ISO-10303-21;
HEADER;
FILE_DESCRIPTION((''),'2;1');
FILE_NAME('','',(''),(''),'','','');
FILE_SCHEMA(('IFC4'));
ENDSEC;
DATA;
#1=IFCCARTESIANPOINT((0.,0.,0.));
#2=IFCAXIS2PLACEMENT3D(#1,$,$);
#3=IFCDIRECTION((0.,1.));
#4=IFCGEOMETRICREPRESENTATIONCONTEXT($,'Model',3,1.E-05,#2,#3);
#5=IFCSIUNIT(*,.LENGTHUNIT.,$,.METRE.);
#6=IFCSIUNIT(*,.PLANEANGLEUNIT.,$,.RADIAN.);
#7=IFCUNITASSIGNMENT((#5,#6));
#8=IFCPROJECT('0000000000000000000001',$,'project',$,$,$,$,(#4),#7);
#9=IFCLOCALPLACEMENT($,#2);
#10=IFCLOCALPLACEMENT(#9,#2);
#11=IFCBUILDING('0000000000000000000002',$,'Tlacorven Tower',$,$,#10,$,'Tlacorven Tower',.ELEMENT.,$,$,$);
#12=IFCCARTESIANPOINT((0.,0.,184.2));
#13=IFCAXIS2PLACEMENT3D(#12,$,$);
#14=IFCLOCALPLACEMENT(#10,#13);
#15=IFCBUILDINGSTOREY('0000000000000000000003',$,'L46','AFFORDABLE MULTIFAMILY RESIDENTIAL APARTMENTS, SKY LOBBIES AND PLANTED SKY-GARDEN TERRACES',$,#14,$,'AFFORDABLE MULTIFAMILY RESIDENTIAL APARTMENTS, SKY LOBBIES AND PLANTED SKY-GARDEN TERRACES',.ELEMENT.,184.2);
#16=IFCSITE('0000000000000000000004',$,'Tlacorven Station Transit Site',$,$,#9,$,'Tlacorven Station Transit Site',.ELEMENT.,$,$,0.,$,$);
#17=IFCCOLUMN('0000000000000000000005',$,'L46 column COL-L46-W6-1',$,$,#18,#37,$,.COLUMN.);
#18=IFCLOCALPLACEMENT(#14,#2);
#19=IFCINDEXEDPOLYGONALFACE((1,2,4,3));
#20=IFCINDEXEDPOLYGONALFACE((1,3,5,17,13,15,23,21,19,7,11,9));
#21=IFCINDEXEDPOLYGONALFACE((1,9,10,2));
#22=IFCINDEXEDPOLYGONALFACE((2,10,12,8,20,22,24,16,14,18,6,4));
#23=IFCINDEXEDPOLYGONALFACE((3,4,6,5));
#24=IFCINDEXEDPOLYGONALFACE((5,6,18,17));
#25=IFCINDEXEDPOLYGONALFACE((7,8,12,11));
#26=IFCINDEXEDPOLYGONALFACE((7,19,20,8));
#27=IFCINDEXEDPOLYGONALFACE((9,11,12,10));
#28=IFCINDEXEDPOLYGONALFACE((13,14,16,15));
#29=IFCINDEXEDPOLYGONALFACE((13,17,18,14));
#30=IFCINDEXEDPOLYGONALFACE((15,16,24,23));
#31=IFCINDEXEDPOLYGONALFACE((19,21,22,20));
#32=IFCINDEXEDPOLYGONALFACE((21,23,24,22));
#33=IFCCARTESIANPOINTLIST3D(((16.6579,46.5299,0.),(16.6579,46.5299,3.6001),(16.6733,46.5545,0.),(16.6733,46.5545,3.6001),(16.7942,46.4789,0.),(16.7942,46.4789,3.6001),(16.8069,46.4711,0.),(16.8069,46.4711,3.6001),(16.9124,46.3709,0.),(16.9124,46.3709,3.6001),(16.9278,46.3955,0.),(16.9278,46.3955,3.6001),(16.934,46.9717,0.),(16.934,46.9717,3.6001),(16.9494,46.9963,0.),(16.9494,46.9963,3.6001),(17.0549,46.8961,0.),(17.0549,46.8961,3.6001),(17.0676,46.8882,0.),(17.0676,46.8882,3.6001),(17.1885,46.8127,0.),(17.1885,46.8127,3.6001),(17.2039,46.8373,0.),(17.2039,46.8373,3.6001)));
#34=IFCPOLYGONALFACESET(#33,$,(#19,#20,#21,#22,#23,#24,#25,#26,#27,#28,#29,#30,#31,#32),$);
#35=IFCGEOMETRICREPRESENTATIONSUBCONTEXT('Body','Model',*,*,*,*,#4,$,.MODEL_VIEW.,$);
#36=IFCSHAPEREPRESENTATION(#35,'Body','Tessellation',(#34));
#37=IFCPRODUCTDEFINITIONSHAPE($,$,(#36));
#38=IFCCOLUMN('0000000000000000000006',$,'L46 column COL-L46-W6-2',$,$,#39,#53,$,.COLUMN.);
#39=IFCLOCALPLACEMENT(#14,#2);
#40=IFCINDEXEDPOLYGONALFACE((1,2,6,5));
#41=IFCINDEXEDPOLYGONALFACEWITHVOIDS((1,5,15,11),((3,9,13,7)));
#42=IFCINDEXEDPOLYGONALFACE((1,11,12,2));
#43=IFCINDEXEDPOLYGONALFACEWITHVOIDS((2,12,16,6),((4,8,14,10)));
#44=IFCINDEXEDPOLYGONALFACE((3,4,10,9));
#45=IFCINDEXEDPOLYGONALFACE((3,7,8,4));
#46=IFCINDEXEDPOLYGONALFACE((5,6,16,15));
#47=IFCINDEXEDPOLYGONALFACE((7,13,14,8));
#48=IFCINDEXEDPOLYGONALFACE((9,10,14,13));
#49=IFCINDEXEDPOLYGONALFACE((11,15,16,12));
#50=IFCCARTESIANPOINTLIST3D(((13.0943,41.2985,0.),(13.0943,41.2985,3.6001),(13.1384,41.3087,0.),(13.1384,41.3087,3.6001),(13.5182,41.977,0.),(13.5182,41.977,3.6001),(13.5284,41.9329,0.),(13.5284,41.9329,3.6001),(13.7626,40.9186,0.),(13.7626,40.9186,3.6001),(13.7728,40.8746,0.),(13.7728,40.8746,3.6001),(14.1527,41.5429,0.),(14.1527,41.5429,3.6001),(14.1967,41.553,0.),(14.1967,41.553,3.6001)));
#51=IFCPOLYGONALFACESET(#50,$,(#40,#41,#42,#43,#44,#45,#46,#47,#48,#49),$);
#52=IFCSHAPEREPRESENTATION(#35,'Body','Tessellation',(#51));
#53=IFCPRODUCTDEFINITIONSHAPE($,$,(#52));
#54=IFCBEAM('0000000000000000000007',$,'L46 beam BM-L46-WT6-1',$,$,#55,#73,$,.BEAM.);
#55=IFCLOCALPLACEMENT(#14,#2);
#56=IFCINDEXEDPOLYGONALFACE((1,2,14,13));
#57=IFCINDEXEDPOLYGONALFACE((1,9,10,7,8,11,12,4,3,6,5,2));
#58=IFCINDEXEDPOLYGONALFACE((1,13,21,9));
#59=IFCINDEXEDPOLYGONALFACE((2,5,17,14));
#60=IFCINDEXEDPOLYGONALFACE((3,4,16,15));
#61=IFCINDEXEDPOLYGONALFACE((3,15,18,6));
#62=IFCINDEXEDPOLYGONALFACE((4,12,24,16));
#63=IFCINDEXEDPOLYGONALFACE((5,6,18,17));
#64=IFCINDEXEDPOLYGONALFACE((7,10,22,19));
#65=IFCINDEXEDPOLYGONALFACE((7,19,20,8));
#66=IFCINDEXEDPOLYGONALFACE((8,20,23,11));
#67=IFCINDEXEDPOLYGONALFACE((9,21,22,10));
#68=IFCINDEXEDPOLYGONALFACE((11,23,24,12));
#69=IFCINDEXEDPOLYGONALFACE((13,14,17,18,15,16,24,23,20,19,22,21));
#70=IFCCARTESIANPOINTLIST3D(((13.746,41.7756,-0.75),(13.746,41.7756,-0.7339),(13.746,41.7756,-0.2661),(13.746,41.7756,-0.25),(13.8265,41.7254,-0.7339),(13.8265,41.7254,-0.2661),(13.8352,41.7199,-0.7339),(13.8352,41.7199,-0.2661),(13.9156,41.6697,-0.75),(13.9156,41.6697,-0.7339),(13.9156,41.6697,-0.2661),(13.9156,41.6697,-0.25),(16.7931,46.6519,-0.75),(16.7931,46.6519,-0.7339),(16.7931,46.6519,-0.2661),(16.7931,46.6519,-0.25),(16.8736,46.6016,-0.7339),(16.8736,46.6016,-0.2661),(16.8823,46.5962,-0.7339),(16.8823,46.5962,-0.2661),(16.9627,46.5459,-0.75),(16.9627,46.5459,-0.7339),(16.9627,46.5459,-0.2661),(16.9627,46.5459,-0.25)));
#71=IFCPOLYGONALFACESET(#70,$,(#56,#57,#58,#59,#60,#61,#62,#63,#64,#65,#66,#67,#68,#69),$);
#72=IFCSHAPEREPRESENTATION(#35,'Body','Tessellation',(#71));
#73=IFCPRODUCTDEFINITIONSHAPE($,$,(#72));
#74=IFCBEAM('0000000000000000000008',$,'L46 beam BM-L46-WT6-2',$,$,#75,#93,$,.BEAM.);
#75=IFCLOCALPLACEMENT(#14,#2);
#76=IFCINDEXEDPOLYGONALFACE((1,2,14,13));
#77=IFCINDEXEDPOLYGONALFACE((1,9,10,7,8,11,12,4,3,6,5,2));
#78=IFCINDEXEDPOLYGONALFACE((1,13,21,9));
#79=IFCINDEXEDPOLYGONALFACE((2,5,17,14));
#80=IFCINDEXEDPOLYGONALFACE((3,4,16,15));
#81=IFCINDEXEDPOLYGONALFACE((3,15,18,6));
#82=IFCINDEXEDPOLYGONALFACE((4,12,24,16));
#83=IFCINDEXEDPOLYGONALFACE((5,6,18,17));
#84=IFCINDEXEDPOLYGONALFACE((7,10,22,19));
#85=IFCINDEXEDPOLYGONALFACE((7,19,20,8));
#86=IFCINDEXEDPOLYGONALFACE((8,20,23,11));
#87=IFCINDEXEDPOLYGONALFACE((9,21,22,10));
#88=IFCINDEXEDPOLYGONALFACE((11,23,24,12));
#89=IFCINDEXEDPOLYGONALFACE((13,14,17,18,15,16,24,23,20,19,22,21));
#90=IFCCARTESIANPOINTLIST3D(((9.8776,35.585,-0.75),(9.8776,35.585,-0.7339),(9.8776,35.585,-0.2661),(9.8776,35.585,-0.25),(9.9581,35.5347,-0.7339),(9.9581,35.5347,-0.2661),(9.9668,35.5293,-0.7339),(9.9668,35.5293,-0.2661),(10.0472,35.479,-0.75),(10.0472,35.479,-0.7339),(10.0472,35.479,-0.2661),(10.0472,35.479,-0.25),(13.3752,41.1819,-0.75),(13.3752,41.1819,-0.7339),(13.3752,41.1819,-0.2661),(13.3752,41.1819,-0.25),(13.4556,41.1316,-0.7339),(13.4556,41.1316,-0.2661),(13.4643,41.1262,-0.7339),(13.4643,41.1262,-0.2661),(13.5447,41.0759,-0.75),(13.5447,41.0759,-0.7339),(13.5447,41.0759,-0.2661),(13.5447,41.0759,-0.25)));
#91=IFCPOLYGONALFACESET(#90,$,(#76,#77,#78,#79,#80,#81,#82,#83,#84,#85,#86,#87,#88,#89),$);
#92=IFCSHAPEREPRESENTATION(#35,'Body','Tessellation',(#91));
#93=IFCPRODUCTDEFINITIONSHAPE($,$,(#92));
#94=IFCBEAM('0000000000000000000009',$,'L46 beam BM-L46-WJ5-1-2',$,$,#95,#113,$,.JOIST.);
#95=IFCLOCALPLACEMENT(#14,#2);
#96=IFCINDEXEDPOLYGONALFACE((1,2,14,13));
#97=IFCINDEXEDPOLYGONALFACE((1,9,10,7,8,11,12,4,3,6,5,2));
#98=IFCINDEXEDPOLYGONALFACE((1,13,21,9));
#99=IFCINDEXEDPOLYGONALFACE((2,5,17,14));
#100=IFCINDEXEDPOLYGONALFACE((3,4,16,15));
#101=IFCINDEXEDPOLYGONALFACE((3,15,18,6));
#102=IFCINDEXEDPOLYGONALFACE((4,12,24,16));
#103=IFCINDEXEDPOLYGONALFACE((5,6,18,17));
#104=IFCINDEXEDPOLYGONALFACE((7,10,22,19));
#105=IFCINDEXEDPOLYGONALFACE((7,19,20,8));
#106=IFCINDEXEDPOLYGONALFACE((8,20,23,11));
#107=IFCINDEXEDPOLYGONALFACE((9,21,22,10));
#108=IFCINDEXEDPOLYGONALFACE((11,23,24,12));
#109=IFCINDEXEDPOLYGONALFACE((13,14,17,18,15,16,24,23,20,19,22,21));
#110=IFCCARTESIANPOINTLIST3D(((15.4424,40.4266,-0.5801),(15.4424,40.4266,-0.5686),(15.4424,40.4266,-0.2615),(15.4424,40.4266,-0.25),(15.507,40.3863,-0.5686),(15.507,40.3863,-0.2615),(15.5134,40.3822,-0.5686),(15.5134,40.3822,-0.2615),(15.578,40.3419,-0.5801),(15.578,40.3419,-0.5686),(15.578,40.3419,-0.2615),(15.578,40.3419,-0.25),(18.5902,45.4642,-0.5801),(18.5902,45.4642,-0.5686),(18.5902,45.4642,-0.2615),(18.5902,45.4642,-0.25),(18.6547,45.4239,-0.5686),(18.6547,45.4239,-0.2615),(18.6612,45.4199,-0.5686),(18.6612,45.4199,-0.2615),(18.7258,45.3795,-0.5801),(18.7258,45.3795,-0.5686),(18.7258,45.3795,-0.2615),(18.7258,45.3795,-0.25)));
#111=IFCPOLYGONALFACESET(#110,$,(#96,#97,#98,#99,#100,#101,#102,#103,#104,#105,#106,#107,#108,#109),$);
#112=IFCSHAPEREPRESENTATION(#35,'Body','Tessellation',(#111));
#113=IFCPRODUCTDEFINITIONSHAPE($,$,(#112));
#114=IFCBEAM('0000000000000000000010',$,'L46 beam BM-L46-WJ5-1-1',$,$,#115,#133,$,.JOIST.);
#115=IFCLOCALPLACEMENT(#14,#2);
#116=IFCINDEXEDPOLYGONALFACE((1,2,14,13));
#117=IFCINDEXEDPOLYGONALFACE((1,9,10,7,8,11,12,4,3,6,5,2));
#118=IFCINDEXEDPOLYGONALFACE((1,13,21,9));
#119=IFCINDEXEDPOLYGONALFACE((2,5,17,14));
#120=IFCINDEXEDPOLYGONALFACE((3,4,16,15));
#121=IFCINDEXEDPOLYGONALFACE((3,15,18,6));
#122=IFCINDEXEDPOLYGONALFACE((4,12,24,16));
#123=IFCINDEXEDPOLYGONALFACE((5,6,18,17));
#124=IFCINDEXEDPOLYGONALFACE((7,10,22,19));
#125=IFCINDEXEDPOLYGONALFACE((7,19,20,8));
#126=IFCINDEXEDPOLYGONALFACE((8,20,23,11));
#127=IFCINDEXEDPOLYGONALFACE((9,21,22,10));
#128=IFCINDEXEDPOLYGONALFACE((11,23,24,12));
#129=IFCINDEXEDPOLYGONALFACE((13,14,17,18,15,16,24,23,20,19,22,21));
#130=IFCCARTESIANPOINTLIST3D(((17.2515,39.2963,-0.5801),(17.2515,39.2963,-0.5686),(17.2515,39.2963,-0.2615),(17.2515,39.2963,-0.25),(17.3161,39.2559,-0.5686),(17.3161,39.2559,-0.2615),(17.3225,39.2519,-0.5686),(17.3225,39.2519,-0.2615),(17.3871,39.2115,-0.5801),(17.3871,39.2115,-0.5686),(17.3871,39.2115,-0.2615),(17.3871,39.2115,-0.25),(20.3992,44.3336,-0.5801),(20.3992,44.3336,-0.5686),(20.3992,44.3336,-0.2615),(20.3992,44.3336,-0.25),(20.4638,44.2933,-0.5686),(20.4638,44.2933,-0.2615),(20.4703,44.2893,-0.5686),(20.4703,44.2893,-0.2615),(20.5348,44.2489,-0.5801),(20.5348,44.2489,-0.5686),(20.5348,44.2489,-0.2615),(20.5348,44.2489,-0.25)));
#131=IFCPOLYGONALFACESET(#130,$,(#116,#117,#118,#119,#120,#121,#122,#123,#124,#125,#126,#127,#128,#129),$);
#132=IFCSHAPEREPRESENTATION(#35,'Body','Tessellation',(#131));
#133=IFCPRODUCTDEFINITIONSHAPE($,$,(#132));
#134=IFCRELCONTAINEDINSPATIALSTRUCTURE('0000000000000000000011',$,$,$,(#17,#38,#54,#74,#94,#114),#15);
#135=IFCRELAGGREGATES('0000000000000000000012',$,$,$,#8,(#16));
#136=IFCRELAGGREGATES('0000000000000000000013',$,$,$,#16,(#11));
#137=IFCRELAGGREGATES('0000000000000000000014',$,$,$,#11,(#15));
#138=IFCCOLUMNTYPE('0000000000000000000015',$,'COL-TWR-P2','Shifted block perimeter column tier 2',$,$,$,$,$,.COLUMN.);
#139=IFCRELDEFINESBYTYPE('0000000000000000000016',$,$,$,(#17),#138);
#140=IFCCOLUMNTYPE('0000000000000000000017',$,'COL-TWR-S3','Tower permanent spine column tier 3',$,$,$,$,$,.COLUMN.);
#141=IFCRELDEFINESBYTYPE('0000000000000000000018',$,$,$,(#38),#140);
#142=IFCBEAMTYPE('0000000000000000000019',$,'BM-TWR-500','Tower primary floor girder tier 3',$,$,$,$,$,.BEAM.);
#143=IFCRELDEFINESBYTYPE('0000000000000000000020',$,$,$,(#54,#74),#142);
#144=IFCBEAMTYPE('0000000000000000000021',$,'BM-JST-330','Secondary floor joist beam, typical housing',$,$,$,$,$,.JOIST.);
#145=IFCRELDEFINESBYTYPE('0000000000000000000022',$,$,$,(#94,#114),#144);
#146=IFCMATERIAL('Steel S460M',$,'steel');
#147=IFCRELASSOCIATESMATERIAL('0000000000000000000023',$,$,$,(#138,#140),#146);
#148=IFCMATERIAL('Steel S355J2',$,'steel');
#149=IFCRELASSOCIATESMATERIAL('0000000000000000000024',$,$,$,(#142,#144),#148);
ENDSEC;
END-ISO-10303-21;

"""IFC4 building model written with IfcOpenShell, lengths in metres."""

from ifc_helpers import new_model, si_unit, direction, frame, origin, origin_2d, place, context, subcontext, project, spatial, hollow_rectangle, i_section, extrude, source, transform, mapped, material, material_profile, profile_set, type_object, element, save


model = new_model("IFC4")

# Units and contexts
model_context = context("Model", 3, precision=1e-05, world=origin(), true_north=direction((0.0, 1.0)))
body_context = subcontext(model_context, "Body", "Model", "MODEL_VIEW")
ifc_project = project(units=[si_unit("LENGTHUNIT", "METRE"), si_unit("PLANEANGLEUNIT", "RADIAN")], contexts=[model_context])

# Site, building, storey
site_placement = place(None, origin())
site = spatial("IfcSite", under=ifc_project, at=site_placement, Name="Tlacorven Station Transit Site", LongName="Tlacorven Station Transit Site", CompositionType="ELEMENT", RefElevation=0.0)
building_placement = place(site_placement, origin())
building = spatial("IfcBuilding", under=site, at=building_placement, Name="Tlacorven Tower", LongName="Tlacorven Tower", CompositionType="ELEMENT")
storey_placement = place(building_placement, frame((0.0, 0.0, 184.2)))
storey = spatial("IfcBuildingStorey", under=building, at=storey_placement, Name="L46", Description="AFFORDABLE MULTIFAMILY RESIDENTIAL APARTMENTS, SKY LOBBIES AND PLANTED SKY-GARDEN TERRACES", LongName="AFFORDABLE MULTIFAMILY RESIDENTIAL APARTMENTS, SKY LOBBIES AND PLANTED SKY-GARDEN TERRACES", CompositionType="ELEMENT", Elevation=184.2)

# Columns
ifc_material_1 = material(Name="Steel S460M", Category="steel")
ifc_material_profile_1 = material_profile(ifc_material_1, i_section(OverallWidth=0.3, OverallDepth=0.55, WebThickness=0.0149, FlangeThickness=0.0291, at=origin_2d()), Name="HEB 550")
ifc_profile_set_1 = profile_set([ifc_material_profile_1], Name="Steel S460M")
column_type_1 = type_object("IfcColumnType", Name="COL-TWR-P2", Description="Shifted block perimeter column tier 2", PredefinedType="COLUMN", material=ifc_profile_set_1)
shared_shape_1 = source(origin(), body_context, "Body", "SweptSolid", [
    extrude(i_section(OverallWidth=0.3, OverallDepth=0.55, WebThickness=0.0149, FlangeThickness=0.0291, at=origin_2d()), origin(), (0.0, 0.0, 1.0), 3.6001),
])
column_1_placement = place(storey_placement, frame((16.9309, 46.6836, 0.0), z_axis=(0.0, 0.0, 1.0), x_axis=(-0.848048, 0.529919, 0.0)))
element("IfcColumn", 1, at=column_1_placement, inside=storey, type_object=column_type_1, Name="L46 column COL-L46-W6-1", PredefinedType="COLUMN", context=body_context, shape_type="MappedRepresentation", body=[
    mapped(shared_shape_1, transform((0.0, 0.0, 0.0), scale=1.0)),
])
ifc_material_profile_2 = material_profile(ifc_material_1, hollow_rectangle(XDim=0.8, YDim=0.8, WallThickness=0.032, at=origin_2d()), Name="BOX 800X800X32")
ifc_profile_set_2 = profile_set([ifc_material_profile_2], Name="Steel S460M")
column_type_2 = type_object("IfcColumnType", Name="COL-TWR-S3", Description="Tower permanent spine column tier 3", PredefinedType="COLUMN", material=ifc_profile_set_2)
shared_shape_2 = source(origin(), body_context, "Body", "SweptSolid", [
    extrude(hollow_rectangle(XDim=0.8, YDim=0.8, WallThickness=0.032, at=origin_2d()), origin(), (0.0, 0.0, 1.0), 3.6001),
])
column_2_placement = place(storey_placement, frame((13.6455, 41.4258, 0.0), z_axis=(0.0, 0.0, 1.0), x_axis=(-0.848048, 0.529919, 0.0)))
element("IfcColumn", 2, at=column_2_placement, inside=storey, type_object=column_type_2, Name="L46 column COL-L46-W6-2", PredefinedType="COLUMN", context=body_context, shape_type="MappedRepresentation", body=[
    mapped(shared_shape_2, transform((0.0, 0.0, 0.0), scale=1.0)),
])

# Beams
ifc_material_2 = material(Name="Steel S355J2", Category="steel")
ifc_material_profile_3 = material_profile(ifc_material_2, i_section(OverallWidth=0.2, OverallDepth=0.5, WebThickness=0.0103, FlangeThickness=0.0161, at=origin_2d()), Name="IPE 500")
ifc_profile_set_3 = profile_set([ifc_material_profile_3], Name="Steel S355J2")
beam_type_1 = type_object("IfcBeamType", Name="BM-TWR-500", Description="Tower primary floor girder tier 3", PredefinedType="BEAM", material=ifc_profile_set_3)
shared_shape_3 = source(origin(), body_context, "Body", "SweptSolid", [
    extrude(i_section(OverallWidth=0.2, OverallDepth=0.5, WebThickness=0.0103, FlangeThickness=0.0161, at=origin_2d()), origin(), (0.0, 0.0, 1.0), 5.75),
])
beam_1_placement = place(storey_placement, frame((16.8779, 46.5989, -0.5), z_axis=(-0.529934, -0.848039, 0.0), x_axis=(0.848039, -0.529934, 0.0)))
element("IfcBeam", 3, at=beam_1_placement, inside=storey, type_object=beam_type_1, Name="L46 beam BM-L46-WT6-1", PredefinedType="BEAM", context=body_context, shape_type="MappedRepresentation", body=[
    mapped(shared_shape_3, transform((0.0, 0.0, 0.0), scale=1.0)),
])
shared_shape_4 = source(origin(), body_context, "Body", "SweptSolid", [
    extrude(i_section(OverallWidth=0.2, OverallDepth=0.5, WebThickness=0.0103, FlangeThickness=0.0161, at=origin_2d()), origin(), (0.0, 0.0, 1.0), 6.5999),
])
beam_2_placement = place(storey_placement, frame((13.46, 41.1289, -0.5), z_axis=(-0.529942, -0.848034, 0.0), x_axis=(0.848034, -0.529942, 0.0)))
element("IfcBeam", 4, at=beam_2_placement, inside=storey, type_object=beam_type_1, Name="L46 beam BM-L46-WT6-2", PredefinedType="BEAM", context=body_context, shape_type="MappedRepresentation", body=[
    mapped(shared_shape_4, transform((0.0, 0.0, 0.0), scale=1.0)),
])
ifc_material_profile_4 = material_profile(ifc_material_2, i_section(OverallWidth=0.1599, OverallDepth=0.3301, WebThickness=0.0076, FlangeThickness=0.0115, at=origin_2d()), Name="IPE 330")
ifc_profile_set_4 = profile_set([ifc_material_profile_4], Name="Steel S355J2")
beam_type_2 = type_object("IfcBeamType", Name="BM-JST-330", Description="Secondary floor joist beam, typical housing", PredefinedType="JOIST", material=ifc_profile_set_4)
shared_shape_5 = source(origin(), body_context, "Body", "SweptSolid", [
    extrude(i_section(OverallWidth=0.1599, OverallDepth=0.3301, WebThickness=0.0076, FlangeThickness=0.0115, at=origin_2d()), origin(), (0.0, 0.0, 1.0), 5.9402),
])
beam_3_placement = place(storey_placement, frame((18.658, 45.4219, -0.415), z_axis=(-0.529903, -0.848058, 0.0), x_axis=(0.848058, -0.529903, 0.0)))
element("IfcBeam", 5, at=beam_3_placement, inside=storey, type_object=beam_type_2, Name="L46 beam BM-L46-WJ5-1-2", PredefinedType="JOIST", context=body_context, shape_type="MappedRepresentation", body=[
    mapped(shared_shape_5, transform((0.0, 0.0, 0.0), scale=1.0)),
])
shared_shape_6 = source(origin(), body_context, "Body", "SweptSolid", [
    extrude(i_section(OverallWidth=0.1599, OverallDepth=0.3301, WebThickness=0.0076, FlangeThickness=0.0115, at=origin_2d()), origin(), (0.0, 0.0, 1.0), 5.9399),
])
beam_4_placement = place(storey_placement, frame((20.467, 44.2913, -0.415), z_axis=(-0.529921, -0.848047, 0.0), x_axis=(0.848047, -0.529921, 0.0)))
element("IfcBeam", 6, at=beam_4_placement, inside=storey, type_object=beam_type_2, Name="L46 beam BM-L46-WJ5-1-1", PredefinedType="JOIST", context=body_context, shape_type="MappedRepresentation", body=[
    mapped(shared_shape_6, transform((0.0, 0.0, 0.0), scale=1.0)),
])

save(model, "model.ifc")
